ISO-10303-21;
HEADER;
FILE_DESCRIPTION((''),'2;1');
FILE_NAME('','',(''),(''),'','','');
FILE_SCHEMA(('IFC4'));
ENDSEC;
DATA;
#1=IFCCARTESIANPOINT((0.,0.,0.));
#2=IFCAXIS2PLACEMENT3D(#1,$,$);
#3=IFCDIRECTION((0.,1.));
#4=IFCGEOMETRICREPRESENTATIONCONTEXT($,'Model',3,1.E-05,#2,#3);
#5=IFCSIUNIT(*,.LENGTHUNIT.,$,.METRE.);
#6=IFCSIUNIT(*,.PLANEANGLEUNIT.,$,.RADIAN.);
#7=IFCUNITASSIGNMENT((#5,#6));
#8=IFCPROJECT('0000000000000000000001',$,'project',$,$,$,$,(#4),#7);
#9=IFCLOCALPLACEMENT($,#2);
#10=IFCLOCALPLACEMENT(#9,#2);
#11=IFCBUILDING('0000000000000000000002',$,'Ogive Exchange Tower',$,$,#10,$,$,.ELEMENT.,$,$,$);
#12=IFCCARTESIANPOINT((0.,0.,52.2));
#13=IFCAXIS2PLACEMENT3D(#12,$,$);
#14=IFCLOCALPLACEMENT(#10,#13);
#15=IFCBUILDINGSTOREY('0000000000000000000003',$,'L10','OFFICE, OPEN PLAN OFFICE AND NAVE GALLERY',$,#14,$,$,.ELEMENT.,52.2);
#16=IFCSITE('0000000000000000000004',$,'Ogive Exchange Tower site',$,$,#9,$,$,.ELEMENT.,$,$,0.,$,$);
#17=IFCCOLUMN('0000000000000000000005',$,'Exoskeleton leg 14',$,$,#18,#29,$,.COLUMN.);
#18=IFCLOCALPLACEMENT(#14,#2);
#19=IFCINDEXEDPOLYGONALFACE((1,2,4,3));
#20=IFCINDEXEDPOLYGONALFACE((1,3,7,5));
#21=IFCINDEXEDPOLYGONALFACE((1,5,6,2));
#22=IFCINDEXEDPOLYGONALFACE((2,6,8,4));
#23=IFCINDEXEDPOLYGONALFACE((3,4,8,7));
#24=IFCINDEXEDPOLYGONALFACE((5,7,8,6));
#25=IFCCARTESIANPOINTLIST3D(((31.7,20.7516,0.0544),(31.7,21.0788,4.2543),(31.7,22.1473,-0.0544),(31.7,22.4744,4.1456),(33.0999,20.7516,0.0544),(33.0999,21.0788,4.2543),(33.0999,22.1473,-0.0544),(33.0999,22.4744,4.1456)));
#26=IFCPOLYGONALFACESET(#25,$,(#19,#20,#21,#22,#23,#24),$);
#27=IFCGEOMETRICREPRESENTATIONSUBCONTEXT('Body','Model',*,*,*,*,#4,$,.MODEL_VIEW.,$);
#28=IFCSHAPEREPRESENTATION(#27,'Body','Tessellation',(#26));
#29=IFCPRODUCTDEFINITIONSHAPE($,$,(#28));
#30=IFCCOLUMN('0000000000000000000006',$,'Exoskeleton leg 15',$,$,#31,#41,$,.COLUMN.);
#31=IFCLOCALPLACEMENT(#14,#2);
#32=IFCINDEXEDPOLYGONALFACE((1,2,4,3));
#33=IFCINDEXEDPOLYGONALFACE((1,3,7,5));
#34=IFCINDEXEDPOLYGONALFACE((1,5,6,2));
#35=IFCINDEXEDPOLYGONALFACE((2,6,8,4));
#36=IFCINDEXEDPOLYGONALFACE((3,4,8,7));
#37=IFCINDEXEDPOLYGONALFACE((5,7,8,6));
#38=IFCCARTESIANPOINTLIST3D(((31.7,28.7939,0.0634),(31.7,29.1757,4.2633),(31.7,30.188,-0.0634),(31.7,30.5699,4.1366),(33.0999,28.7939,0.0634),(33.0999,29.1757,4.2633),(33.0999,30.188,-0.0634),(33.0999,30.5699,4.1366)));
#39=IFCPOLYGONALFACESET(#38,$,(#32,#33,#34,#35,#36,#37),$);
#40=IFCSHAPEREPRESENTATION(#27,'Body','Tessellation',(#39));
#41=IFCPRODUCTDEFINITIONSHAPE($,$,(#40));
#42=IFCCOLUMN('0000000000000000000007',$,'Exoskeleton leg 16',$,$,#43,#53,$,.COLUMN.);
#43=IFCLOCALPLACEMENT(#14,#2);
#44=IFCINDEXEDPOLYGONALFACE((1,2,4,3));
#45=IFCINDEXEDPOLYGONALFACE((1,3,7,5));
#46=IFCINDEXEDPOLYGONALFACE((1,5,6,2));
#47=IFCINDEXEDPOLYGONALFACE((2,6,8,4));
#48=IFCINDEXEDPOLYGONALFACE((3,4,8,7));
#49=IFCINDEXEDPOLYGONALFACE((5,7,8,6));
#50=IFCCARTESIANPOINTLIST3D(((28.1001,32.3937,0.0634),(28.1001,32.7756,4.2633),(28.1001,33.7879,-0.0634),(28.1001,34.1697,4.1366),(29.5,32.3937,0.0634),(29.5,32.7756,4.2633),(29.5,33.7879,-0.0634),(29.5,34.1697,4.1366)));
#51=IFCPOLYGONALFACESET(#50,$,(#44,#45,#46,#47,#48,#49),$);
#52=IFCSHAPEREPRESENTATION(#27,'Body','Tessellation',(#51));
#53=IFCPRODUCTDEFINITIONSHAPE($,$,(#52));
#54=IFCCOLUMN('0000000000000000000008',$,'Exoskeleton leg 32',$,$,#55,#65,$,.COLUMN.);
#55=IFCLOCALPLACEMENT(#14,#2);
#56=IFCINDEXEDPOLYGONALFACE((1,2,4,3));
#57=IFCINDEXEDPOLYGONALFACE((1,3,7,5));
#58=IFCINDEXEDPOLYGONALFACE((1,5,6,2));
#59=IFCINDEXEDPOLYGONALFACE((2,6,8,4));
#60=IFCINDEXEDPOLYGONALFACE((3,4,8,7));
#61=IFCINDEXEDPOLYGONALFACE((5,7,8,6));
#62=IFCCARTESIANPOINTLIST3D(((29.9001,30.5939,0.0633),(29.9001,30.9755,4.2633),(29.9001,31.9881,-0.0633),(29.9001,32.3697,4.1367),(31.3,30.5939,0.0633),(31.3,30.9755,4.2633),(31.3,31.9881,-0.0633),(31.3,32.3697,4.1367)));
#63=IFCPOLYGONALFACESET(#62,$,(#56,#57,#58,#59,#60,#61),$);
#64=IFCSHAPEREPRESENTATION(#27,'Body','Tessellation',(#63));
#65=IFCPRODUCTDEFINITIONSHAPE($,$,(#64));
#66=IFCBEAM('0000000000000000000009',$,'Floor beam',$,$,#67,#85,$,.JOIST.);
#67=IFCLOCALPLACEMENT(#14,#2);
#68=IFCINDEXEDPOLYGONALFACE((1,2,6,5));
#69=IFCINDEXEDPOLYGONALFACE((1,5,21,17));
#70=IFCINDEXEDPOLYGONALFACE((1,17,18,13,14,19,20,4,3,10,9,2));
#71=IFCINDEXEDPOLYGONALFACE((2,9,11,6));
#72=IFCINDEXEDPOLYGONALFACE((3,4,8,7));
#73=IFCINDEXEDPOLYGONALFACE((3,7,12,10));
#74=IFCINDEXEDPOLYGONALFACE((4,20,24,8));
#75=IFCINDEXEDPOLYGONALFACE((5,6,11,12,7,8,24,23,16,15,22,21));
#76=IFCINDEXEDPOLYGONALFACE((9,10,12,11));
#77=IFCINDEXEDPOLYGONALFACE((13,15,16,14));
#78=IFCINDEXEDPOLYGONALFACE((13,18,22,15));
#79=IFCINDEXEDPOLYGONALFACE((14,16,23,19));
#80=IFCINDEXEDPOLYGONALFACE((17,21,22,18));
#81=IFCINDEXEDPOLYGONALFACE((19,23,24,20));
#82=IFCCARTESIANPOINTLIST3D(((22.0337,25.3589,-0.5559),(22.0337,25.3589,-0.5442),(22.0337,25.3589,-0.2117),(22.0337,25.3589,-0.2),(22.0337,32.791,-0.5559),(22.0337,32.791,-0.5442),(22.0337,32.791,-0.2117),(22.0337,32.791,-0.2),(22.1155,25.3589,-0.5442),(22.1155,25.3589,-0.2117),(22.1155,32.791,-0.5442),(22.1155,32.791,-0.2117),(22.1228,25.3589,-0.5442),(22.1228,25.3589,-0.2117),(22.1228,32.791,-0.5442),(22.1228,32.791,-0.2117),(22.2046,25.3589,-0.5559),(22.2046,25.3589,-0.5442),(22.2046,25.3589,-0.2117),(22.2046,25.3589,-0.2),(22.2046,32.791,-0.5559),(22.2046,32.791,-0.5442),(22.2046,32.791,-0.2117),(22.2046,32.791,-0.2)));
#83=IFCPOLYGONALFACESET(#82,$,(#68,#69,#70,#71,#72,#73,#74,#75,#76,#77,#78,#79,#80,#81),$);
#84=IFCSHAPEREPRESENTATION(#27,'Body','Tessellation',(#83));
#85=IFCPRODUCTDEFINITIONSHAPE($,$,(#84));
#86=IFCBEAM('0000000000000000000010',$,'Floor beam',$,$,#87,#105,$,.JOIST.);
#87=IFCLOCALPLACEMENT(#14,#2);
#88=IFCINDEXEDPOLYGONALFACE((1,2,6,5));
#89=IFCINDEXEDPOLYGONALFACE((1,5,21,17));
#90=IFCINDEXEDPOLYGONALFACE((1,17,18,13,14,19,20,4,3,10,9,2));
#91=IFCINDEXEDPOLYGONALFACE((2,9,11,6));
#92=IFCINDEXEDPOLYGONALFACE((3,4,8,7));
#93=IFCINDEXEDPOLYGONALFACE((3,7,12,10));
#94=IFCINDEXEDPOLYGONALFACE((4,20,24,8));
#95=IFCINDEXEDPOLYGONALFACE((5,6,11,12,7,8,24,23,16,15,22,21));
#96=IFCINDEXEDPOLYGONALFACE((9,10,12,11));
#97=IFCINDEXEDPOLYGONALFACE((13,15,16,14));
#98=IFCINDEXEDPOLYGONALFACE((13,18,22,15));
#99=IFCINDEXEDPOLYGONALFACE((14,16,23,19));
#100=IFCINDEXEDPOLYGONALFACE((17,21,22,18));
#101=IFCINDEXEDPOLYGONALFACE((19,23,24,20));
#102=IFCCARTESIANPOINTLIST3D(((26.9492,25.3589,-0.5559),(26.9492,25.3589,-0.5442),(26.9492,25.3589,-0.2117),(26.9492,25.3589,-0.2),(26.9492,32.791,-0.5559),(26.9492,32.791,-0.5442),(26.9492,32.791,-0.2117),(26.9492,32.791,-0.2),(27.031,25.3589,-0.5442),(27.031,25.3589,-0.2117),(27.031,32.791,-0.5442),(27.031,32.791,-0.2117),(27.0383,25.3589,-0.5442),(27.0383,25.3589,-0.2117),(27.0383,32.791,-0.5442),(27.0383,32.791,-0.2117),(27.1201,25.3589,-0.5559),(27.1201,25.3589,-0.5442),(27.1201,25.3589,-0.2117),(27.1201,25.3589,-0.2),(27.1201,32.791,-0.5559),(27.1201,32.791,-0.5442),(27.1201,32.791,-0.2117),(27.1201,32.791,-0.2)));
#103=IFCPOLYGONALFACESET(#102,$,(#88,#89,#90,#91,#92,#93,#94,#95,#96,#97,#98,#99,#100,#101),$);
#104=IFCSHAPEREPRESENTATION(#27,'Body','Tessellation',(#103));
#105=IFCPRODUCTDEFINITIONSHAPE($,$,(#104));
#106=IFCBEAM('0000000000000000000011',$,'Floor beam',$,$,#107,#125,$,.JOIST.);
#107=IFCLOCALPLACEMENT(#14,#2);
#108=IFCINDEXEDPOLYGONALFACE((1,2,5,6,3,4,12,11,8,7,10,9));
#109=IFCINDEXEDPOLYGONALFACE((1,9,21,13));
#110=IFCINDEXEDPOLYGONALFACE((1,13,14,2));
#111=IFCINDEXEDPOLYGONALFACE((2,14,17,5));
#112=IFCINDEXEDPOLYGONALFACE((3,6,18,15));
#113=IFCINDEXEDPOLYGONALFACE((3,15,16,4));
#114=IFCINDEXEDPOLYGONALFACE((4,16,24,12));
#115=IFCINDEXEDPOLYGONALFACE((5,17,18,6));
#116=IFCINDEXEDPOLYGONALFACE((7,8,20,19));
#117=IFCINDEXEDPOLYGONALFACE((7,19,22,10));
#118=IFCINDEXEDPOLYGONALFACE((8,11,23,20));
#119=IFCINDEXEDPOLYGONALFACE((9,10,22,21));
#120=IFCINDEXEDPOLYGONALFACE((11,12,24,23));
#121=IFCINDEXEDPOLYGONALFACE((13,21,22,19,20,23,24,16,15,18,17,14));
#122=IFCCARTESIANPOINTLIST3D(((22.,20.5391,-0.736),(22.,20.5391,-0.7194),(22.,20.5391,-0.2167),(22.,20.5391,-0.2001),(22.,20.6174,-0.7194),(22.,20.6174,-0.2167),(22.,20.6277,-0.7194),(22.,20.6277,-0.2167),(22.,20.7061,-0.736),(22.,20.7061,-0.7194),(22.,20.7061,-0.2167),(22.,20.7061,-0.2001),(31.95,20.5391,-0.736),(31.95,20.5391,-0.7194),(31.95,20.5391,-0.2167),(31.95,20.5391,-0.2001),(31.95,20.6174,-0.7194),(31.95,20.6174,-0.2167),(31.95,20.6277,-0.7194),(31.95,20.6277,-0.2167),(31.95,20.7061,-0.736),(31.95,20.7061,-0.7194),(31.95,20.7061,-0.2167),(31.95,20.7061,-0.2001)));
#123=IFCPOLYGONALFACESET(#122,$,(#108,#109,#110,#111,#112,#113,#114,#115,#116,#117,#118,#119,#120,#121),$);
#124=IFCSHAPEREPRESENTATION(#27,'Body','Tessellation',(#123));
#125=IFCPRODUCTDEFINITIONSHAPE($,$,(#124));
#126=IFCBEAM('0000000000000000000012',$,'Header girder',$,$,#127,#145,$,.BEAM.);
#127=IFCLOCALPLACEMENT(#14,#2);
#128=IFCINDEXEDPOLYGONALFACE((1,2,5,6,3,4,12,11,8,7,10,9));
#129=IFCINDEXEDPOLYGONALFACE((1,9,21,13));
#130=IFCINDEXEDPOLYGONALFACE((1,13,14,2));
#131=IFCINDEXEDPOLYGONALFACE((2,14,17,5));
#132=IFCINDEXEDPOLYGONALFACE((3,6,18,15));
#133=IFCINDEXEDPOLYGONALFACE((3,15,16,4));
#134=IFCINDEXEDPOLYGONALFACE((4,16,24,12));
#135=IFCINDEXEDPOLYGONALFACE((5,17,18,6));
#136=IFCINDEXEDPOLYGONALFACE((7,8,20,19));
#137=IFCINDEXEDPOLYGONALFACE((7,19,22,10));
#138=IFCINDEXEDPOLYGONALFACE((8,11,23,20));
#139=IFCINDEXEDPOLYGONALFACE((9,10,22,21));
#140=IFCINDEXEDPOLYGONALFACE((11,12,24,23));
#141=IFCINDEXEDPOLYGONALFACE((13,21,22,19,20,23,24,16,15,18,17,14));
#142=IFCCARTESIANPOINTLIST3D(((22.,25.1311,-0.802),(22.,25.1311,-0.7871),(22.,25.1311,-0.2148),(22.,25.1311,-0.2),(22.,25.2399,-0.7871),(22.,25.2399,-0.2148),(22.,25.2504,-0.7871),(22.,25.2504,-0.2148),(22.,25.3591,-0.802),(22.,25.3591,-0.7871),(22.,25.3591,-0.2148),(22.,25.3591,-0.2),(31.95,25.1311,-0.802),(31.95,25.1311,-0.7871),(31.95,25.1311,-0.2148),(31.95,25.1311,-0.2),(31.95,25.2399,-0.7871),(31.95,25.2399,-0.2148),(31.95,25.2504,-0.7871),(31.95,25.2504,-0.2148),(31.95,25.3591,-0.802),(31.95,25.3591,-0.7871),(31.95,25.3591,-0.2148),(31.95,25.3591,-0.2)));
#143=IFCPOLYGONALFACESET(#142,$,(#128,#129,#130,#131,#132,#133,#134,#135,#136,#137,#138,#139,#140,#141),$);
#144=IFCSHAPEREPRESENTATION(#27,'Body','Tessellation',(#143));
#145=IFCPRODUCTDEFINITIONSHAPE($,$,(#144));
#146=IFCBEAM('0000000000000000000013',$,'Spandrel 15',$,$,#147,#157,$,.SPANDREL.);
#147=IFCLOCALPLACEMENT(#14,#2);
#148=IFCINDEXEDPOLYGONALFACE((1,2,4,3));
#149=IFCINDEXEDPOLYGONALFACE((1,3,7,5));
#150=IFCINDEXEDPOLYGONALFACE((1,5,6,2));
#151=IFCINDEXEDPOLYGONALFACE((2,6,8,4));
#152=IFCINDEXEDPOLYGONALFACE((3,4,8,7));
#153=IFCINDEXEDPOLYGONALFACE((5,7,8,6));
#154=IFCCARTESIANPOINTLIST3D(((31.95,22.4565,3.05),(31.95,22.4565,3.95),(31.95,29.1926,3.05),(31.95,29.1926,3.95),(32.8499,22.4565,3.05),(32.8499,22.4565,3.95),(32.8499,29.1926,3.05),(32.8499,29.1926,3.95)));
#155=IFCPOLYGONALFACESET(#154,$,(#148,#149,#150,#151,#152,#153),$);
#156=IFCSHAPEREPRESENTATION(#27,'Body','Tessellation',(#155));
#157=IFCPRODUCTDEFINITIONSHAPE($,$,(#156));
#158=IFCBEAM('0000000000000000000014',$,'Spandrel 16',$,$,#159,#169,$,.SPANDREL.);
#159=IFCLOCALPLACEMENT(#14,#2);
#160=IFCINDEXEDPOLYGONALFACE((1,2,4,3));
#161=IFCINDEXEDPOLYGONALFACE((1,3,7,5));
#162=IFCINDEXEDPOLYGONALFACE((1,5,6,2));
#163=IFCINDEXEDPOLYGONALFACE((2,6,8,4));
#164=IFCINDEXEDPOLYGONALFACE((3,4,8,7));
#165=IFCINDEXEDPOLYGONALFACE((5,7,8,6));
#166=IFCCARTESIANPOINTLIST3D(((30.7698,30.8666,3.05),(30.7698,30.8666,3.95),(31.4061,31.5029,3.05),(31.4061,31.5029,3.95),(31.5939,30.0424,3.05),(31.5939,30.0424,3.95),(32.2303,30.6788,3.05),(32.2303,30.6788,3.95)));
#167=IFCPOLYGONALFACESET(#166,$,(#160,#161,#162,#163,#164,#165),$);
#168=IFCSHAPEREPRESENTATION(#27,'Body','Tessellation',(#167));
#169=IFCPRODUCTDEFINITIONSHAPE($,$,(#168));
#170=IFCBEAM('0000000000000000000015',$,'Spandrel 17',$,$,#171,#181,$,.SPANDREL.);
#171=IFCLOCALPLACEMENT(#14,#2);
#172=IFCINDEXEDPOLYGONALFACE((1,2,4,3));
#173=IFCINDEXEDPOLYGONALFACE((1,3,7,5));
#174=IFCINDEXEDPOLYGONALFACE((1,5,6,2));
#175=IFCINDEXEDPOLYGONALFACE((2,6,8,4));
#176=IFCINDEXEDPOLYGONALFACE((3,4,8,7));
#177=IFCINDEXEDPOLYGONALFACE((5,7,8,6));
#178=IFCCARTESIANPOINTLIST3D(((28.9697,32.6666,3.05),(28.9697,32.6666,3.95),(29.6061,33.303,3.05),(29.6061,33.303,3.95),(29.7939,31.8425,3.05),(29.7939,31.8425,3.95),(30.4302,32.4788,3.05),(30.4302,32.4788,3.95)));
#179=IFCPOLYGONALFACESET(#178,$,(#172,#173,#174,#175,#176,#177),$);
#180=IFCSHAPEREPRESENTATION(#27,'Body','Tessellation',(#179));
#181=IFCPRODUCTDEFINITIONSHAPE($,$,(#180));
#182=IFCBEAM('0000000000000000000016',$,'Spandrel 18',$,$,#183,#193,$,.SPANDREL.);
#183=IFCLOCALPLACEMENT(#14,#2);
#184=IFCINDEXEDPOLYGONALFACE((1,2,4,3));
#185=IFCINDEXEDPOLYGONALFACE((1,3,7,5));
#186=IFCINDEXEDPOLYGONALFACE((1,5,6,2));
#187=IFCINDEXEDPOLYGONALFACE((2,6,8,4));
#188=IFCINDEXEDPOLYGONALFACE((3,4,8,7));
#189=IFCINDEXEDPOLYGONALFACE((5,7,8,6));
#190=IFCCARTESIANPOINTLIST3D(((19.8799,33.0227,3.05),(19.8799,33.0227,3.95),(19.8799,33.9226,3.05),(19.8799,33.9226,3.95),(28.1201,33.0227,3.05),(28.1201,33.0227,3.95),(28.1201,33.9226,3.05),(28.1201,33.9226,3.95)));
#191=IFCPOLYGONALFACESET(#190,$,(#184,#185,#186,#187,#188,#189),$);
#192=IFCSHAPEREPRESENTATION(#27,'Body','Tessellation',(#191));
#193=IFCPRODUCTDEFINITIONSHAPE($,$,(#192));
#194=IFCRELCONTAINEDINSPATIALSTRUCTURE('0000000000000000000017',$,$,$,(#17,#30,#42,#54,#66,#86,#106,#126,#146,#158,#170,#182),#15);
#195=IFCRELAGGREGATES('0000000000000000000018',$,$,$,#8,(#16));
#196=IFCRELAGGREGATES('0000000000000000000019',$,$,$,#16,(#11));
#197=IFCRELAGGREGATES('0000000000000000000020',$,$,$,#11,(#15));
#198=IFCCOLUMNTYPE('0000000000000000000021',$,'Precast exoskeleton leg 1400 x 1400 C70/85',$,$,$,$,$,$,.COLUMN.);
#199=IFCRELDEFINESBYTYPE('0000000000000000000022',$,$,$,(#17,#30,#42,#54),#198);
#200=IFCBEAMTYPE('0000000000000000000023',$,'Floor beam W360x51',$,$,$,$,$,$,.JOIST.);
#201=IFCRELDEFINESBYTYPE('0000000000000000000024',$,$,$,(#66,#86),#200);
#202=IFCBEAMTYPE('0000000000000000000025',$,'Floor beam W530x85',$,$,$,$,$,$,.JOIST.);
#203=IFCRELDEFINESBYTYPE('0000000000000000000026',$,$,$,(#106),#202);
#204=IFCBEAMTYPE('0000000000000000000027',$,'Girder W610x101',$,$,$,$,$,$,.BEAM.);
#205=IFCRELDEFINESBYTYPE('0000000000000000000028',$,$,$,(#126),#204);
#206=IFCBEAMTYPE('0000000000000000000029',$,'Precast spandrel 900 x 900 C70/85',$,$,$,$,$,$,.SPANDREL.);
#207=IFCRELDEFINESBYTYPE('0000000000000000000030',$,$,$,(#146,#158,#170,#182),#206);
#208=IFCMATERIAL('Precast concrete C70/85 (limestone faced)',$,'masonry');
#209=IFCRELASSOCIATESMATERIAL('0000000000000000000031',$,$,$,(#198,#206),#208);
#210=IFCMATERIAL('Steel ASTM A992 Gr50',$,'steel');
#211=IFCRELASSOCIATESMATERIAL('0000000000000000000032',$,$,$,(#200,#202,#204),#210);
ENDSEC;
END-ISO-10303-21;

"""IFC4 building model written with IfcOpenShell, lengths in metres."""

from ifc_helpers import new_model, si_unit, direction, frame, origin, origin_2d, place, context, subcontext, project, spatial, rectangle, i_section, extrude, material, material_profile, profile_set, type_object, element, save


model = new_model("IFC4")

# Units and contexts
model_context = context("Model", 3, precision=1e-05, world=origin(), true_north=direction((0.0, 1.0)))
body_context = subcontext(model_context, "Body", "Model", "MODEL_VIEW")
ifc_project = project(units=[si_unit("LENGTHUNIT", "METRE"), si_unit("PLANEANGLEUNIT", "RADIAN")], contexts=[model_context])

# Site, building, storey
site_placement = place(None, origin())
site = spatial("IfcSite", under=ifc_project, at=site_placement, Name="Ogive Exchange Tower site", CompositionType="ELEMENT", RefElevation=0.0)
building_placement = place(site_placement, origin())
building = spatial("IfcBuilding", under=site, at=building_placement, Name="Ogive Exchange Tower", CompositionType="ELEMENT")
storey_placement = place(building_placement, frame((0.0, 0.0, 52.2)))
storey = spatial("IfcBuildingStorey", under=building, at=storey_placement, Name="L10", Description="OFFICE, OPEN PLAN OFFICE AND NAVE GALLERY", CompositionType="ELEMENT", Elevation=52.2)

# Columns
ifc_material_1 = material(Name="Precast concrete C70/85 (limestone faced)", Category="masonry")
ifc_material_profile_1 = material_profile(ifc_material_1, rectangle(XDim=1.3999, YDim=1.3999, at=origin_2d()), Name="1400 x 1400")
ifc_profile_set_1 = profile_set([ifc_material_profile_1], Name="Precast concrete C70/85 (limestone faced)")
column_type = type_object("IfcColumnType", Name="Precast exoskeleton leg 1400 x 1400 C70/85", PredefinedType="COLUMN", material=ifc_profile_set_1)
column_placement = place(storey_placement, frame((32.3999, 21.4495, 0.0), z_axis=(0.0, 0.077658, 0.99698), x_axis=(-1.0, 0.0, 0.0)))
element("IfcColumn", 1, at=column_placement, inside=storey, type_object=column_type, Name="Exoskeleton leg 14", PredefinedType="COLUMN", context=body_context, shape_type="SweptSolid", body=[
    extrude(rectangle(XDim=1.3999, YDim=1.3999, at=origin_2d()), origin(), (0.0, 0.0, 1.0), 4.2126),
])
for number, where, z_axis, x_axis, name in (
    (2, (32.3999, 29.491, 0.0), (0.0, 0.090541, 0.995893), (-1.0, 0.0, 0.0), "Exoskeleton leg 15"),
    (3, (28.8, 33.0908, 0.0), (0.0, 0.090541, 0.995893), (-1.0, 0.0, 0.0), "Exoskeleton leg 16"),
    (4, (30.6001, 31.291, 0.0), (0.0, 0.090484, 0.995898), (-1.0, 0.0, 0.0), "Exoskeleton leg 32"),
):
    element("IfcColumn", number, at=place(storey_placement, frame(where, z_axis=z_axis, x_axis=x_axis)), inside=storey, type_object=column_type, Name=name, PredefinedType="COLUMN", context=body_context, shape_type="SweptSolid", body=[
        extrude(rectangle(XDim=1.3999, YDim=1.3999, at=origin_2d()), origin(), (0.0, 0.0, 1.0), 4.2173),
    ])

# Beams
ifc_material_2 = material(Name="Steel ASTM A992 Gr50", Category="steel")
ifc_material_profile_2 = material_profile(ifc_material_2, i_section(OverallWidth=0.1709, OverallDepth=0.356, WebThickness=0.0073, FlangeThickness=0.0117, at=origin_2d()), Name="W360x51")
ifc_profile_set_2 = profile_set([ifc_material_profile_2], Name="Steel ASTM A992 Gr50")
beam_type_1 = type_object("IfcBeamType", Name="Floor beam W360x51", PredefinedType="JOIST", material=ifc_profile_set_2)
for number, where, z_axis, x_axis, name in (
    (5, (22.1191, 25.3589, -0.3779), (0.0, 1.0, 0.0), (-1.0, 0.0, 0.0), "Floor beam"),
    (6, (27.0347, 25.3589, -0.3779), (0.0, 1.0, 0.0), (-1.0, 0.0, 0.0), "Floor beam"),
):
    element("IfcBeam", number, at=place(storey_placement, frame(where, z_axis=z_axis, x_axis=x_axis)), inside=storey, type_object=beam_type_1, Name=name, PredefinedType="JOIST", context=body_context, shape_type="SweptSolid", body=[
        extrude(i_section(OverallWidth=0.1709, OverallDepth=0.356, WebThickness=0.0073, FlangeThickness=0.0117, at=origin_2d()), origin(), (0.0, 0.0, 1.0), 7.4321),
    ])
ifc_material_profile_3 = material_profile(ifc_material_2, i_section(OverallWidth=0.167, OverallDepth=0.5359, WebThickness=0.0103, FlangeThickness=0.0166, at=origin_2d()), Name="W530x85")
ifc_profile_set_3 = profile_set([ifc_material_profile_3], Name="Steel ASTM A992 Gr50")
beam_type_2 = type_object("IfcBeamType", Name="Floor beam W530x85", PredefinedType="JOIST", material=ifc_profile_set_3)
beam_1_placement = place(storey_placement, frame((22.0, 20.6226, -0.468), z_axis=(1.0, 0.0, 0.0), x_axis=(0.0, 1.0, 0.0)))
element("IfcBeam", 7, at=beam_1_placement, inside=storey, type_object=beam_type_2, Name="Floor beam", PredefinedType="JOIST", context=body_context, shape_type="SweptSolid", body=[
    extrude(i_section(OverallWidth=0.167, OverallDepth=0.5359, WebThickness=0.0103, FlangeThickness=0.0166, at=origin_2d()), origin(), (0.0, 0.0, 1.0), 9.95),
])
ifc_material_profile_4 = material_profile(ifc_material_2, i_section(OverallWidth=0.228, OverallDepth=0.6021, WebThickness=0.0105, FlangeThickness=0.0149, at=origin_2d()), Name="W610x101")
ifc_profile_set_4 = profile_set([ifc_material_profile_4], Name="Steel ASTM A992 Gr50")
beam_type_3 = type_object("IfcBeamType", Name="Girder W610x101", PredefinedType="BEAM", material=ifc_profile_set_4)
beam_2_placement = place(storey_placement, frame((22.0, 25.2451, -0.501), z_axis=(1.0, 0.0, 0.0), x_axis=(0.0, 1.0, 0.0)))
element("IfcBeam", 8, at=beam_2_placement, inside=storey, type_object=beam_type_3, Name="Header girder", PredefinedType="BEAM", context=body_context, shape_type="SweptSolid", body=[
    extrude(i_section(OverallWidth=0.228, OverallDepth=0.6021, WebThickness=0.0105, FlangeThickness=0.0149, at=origin_2d()), origin(), (0.0, 0.0, 1.0), 9.95),
])
ifc_material_profile_5 = material_profile(ifc_material_1, rectangle(XDim=0.8999, YDim=0.8999, at=origin_2d()), Name="900 x 900")
ifc_profile_set_5 = profile_set([ifc_material_profile_5], Name="Precast concrete C70/85 (limestone faced)")
beam_type_4 = type_object("IfcBeamType", Name="Precast spandrel 900 x 900 C70/85", PredefinedType="SPANDREL", material=ifc_profile_set_5)
beam_3_placement = place(storey_placement, frame((32.3999, 22.4565, 3.5), z_axis=(0.0, 1.0, 0.0), x_axis=(-1.0, 0.0, 0.0)))
element("IfcBeam", 9, at=beam_3_placement, inside=storey, type_object=beam_type_4, Name="Spandrel 15", PredefinedType="SPANDREL", context=body_context, shape_type="SweptSolid", body=[
    extrude(rectangle(XDim=0.8999, YDim=0.8999, at=origin_2d()), origin(), (0.0, 0.0, 1.0), 6.7361),
])
for number, where, z_axis, x_axis, name in (
    (10, (31.9121, 30.3606, 3.5), (-0.707107, 0.707107, 0.0), (-0.707107, -0.707107, 0.0), "Spandrel 16"),
    (11, (30.1121, 32.1606, 3.5), (-0.707107, 0.707107, 0.0), (-0.707107, -0.707107, 0.0), "Spandrel 17"),
):
    element("IfcBeam", number, at=place(storey_placement, frame(where, z_axis=z_axis, x_axis=x_axis)), inside=storey, type_object=beam_type_4, Name=name, PredefinedType="SPANDREL", context=body_context, shape_type="SweptSolid", body=[
        extrude(rectangle(XDim=0.8999, YDim=0.8999, at=origin_2d()), origin(), (0.0, 0.0, 1.0), 1.1655),
    ])
beam_4_placement = place(storey_placement, frame((28.1201, 33.4727, 3.5), z_axis=(-1.0, 0.0, 0.0), x_axis=(0.0, -1.0, 0.0)))
element("IfcBeam", 12, at=beam_4_placement, inside=storey, type_object=beam_type_4, Name="Spandrel 18", PredefinedType="SPANDREL", context=body_context, shape_type="SweptSolid", body=[
    extrude(rectangle(XDim=0.8999, YDim=0.8999, at=origin_2d()), origin(), (0.0, 0.0, 1.0), 8.2402),
])

save(model, "model.ifc")
